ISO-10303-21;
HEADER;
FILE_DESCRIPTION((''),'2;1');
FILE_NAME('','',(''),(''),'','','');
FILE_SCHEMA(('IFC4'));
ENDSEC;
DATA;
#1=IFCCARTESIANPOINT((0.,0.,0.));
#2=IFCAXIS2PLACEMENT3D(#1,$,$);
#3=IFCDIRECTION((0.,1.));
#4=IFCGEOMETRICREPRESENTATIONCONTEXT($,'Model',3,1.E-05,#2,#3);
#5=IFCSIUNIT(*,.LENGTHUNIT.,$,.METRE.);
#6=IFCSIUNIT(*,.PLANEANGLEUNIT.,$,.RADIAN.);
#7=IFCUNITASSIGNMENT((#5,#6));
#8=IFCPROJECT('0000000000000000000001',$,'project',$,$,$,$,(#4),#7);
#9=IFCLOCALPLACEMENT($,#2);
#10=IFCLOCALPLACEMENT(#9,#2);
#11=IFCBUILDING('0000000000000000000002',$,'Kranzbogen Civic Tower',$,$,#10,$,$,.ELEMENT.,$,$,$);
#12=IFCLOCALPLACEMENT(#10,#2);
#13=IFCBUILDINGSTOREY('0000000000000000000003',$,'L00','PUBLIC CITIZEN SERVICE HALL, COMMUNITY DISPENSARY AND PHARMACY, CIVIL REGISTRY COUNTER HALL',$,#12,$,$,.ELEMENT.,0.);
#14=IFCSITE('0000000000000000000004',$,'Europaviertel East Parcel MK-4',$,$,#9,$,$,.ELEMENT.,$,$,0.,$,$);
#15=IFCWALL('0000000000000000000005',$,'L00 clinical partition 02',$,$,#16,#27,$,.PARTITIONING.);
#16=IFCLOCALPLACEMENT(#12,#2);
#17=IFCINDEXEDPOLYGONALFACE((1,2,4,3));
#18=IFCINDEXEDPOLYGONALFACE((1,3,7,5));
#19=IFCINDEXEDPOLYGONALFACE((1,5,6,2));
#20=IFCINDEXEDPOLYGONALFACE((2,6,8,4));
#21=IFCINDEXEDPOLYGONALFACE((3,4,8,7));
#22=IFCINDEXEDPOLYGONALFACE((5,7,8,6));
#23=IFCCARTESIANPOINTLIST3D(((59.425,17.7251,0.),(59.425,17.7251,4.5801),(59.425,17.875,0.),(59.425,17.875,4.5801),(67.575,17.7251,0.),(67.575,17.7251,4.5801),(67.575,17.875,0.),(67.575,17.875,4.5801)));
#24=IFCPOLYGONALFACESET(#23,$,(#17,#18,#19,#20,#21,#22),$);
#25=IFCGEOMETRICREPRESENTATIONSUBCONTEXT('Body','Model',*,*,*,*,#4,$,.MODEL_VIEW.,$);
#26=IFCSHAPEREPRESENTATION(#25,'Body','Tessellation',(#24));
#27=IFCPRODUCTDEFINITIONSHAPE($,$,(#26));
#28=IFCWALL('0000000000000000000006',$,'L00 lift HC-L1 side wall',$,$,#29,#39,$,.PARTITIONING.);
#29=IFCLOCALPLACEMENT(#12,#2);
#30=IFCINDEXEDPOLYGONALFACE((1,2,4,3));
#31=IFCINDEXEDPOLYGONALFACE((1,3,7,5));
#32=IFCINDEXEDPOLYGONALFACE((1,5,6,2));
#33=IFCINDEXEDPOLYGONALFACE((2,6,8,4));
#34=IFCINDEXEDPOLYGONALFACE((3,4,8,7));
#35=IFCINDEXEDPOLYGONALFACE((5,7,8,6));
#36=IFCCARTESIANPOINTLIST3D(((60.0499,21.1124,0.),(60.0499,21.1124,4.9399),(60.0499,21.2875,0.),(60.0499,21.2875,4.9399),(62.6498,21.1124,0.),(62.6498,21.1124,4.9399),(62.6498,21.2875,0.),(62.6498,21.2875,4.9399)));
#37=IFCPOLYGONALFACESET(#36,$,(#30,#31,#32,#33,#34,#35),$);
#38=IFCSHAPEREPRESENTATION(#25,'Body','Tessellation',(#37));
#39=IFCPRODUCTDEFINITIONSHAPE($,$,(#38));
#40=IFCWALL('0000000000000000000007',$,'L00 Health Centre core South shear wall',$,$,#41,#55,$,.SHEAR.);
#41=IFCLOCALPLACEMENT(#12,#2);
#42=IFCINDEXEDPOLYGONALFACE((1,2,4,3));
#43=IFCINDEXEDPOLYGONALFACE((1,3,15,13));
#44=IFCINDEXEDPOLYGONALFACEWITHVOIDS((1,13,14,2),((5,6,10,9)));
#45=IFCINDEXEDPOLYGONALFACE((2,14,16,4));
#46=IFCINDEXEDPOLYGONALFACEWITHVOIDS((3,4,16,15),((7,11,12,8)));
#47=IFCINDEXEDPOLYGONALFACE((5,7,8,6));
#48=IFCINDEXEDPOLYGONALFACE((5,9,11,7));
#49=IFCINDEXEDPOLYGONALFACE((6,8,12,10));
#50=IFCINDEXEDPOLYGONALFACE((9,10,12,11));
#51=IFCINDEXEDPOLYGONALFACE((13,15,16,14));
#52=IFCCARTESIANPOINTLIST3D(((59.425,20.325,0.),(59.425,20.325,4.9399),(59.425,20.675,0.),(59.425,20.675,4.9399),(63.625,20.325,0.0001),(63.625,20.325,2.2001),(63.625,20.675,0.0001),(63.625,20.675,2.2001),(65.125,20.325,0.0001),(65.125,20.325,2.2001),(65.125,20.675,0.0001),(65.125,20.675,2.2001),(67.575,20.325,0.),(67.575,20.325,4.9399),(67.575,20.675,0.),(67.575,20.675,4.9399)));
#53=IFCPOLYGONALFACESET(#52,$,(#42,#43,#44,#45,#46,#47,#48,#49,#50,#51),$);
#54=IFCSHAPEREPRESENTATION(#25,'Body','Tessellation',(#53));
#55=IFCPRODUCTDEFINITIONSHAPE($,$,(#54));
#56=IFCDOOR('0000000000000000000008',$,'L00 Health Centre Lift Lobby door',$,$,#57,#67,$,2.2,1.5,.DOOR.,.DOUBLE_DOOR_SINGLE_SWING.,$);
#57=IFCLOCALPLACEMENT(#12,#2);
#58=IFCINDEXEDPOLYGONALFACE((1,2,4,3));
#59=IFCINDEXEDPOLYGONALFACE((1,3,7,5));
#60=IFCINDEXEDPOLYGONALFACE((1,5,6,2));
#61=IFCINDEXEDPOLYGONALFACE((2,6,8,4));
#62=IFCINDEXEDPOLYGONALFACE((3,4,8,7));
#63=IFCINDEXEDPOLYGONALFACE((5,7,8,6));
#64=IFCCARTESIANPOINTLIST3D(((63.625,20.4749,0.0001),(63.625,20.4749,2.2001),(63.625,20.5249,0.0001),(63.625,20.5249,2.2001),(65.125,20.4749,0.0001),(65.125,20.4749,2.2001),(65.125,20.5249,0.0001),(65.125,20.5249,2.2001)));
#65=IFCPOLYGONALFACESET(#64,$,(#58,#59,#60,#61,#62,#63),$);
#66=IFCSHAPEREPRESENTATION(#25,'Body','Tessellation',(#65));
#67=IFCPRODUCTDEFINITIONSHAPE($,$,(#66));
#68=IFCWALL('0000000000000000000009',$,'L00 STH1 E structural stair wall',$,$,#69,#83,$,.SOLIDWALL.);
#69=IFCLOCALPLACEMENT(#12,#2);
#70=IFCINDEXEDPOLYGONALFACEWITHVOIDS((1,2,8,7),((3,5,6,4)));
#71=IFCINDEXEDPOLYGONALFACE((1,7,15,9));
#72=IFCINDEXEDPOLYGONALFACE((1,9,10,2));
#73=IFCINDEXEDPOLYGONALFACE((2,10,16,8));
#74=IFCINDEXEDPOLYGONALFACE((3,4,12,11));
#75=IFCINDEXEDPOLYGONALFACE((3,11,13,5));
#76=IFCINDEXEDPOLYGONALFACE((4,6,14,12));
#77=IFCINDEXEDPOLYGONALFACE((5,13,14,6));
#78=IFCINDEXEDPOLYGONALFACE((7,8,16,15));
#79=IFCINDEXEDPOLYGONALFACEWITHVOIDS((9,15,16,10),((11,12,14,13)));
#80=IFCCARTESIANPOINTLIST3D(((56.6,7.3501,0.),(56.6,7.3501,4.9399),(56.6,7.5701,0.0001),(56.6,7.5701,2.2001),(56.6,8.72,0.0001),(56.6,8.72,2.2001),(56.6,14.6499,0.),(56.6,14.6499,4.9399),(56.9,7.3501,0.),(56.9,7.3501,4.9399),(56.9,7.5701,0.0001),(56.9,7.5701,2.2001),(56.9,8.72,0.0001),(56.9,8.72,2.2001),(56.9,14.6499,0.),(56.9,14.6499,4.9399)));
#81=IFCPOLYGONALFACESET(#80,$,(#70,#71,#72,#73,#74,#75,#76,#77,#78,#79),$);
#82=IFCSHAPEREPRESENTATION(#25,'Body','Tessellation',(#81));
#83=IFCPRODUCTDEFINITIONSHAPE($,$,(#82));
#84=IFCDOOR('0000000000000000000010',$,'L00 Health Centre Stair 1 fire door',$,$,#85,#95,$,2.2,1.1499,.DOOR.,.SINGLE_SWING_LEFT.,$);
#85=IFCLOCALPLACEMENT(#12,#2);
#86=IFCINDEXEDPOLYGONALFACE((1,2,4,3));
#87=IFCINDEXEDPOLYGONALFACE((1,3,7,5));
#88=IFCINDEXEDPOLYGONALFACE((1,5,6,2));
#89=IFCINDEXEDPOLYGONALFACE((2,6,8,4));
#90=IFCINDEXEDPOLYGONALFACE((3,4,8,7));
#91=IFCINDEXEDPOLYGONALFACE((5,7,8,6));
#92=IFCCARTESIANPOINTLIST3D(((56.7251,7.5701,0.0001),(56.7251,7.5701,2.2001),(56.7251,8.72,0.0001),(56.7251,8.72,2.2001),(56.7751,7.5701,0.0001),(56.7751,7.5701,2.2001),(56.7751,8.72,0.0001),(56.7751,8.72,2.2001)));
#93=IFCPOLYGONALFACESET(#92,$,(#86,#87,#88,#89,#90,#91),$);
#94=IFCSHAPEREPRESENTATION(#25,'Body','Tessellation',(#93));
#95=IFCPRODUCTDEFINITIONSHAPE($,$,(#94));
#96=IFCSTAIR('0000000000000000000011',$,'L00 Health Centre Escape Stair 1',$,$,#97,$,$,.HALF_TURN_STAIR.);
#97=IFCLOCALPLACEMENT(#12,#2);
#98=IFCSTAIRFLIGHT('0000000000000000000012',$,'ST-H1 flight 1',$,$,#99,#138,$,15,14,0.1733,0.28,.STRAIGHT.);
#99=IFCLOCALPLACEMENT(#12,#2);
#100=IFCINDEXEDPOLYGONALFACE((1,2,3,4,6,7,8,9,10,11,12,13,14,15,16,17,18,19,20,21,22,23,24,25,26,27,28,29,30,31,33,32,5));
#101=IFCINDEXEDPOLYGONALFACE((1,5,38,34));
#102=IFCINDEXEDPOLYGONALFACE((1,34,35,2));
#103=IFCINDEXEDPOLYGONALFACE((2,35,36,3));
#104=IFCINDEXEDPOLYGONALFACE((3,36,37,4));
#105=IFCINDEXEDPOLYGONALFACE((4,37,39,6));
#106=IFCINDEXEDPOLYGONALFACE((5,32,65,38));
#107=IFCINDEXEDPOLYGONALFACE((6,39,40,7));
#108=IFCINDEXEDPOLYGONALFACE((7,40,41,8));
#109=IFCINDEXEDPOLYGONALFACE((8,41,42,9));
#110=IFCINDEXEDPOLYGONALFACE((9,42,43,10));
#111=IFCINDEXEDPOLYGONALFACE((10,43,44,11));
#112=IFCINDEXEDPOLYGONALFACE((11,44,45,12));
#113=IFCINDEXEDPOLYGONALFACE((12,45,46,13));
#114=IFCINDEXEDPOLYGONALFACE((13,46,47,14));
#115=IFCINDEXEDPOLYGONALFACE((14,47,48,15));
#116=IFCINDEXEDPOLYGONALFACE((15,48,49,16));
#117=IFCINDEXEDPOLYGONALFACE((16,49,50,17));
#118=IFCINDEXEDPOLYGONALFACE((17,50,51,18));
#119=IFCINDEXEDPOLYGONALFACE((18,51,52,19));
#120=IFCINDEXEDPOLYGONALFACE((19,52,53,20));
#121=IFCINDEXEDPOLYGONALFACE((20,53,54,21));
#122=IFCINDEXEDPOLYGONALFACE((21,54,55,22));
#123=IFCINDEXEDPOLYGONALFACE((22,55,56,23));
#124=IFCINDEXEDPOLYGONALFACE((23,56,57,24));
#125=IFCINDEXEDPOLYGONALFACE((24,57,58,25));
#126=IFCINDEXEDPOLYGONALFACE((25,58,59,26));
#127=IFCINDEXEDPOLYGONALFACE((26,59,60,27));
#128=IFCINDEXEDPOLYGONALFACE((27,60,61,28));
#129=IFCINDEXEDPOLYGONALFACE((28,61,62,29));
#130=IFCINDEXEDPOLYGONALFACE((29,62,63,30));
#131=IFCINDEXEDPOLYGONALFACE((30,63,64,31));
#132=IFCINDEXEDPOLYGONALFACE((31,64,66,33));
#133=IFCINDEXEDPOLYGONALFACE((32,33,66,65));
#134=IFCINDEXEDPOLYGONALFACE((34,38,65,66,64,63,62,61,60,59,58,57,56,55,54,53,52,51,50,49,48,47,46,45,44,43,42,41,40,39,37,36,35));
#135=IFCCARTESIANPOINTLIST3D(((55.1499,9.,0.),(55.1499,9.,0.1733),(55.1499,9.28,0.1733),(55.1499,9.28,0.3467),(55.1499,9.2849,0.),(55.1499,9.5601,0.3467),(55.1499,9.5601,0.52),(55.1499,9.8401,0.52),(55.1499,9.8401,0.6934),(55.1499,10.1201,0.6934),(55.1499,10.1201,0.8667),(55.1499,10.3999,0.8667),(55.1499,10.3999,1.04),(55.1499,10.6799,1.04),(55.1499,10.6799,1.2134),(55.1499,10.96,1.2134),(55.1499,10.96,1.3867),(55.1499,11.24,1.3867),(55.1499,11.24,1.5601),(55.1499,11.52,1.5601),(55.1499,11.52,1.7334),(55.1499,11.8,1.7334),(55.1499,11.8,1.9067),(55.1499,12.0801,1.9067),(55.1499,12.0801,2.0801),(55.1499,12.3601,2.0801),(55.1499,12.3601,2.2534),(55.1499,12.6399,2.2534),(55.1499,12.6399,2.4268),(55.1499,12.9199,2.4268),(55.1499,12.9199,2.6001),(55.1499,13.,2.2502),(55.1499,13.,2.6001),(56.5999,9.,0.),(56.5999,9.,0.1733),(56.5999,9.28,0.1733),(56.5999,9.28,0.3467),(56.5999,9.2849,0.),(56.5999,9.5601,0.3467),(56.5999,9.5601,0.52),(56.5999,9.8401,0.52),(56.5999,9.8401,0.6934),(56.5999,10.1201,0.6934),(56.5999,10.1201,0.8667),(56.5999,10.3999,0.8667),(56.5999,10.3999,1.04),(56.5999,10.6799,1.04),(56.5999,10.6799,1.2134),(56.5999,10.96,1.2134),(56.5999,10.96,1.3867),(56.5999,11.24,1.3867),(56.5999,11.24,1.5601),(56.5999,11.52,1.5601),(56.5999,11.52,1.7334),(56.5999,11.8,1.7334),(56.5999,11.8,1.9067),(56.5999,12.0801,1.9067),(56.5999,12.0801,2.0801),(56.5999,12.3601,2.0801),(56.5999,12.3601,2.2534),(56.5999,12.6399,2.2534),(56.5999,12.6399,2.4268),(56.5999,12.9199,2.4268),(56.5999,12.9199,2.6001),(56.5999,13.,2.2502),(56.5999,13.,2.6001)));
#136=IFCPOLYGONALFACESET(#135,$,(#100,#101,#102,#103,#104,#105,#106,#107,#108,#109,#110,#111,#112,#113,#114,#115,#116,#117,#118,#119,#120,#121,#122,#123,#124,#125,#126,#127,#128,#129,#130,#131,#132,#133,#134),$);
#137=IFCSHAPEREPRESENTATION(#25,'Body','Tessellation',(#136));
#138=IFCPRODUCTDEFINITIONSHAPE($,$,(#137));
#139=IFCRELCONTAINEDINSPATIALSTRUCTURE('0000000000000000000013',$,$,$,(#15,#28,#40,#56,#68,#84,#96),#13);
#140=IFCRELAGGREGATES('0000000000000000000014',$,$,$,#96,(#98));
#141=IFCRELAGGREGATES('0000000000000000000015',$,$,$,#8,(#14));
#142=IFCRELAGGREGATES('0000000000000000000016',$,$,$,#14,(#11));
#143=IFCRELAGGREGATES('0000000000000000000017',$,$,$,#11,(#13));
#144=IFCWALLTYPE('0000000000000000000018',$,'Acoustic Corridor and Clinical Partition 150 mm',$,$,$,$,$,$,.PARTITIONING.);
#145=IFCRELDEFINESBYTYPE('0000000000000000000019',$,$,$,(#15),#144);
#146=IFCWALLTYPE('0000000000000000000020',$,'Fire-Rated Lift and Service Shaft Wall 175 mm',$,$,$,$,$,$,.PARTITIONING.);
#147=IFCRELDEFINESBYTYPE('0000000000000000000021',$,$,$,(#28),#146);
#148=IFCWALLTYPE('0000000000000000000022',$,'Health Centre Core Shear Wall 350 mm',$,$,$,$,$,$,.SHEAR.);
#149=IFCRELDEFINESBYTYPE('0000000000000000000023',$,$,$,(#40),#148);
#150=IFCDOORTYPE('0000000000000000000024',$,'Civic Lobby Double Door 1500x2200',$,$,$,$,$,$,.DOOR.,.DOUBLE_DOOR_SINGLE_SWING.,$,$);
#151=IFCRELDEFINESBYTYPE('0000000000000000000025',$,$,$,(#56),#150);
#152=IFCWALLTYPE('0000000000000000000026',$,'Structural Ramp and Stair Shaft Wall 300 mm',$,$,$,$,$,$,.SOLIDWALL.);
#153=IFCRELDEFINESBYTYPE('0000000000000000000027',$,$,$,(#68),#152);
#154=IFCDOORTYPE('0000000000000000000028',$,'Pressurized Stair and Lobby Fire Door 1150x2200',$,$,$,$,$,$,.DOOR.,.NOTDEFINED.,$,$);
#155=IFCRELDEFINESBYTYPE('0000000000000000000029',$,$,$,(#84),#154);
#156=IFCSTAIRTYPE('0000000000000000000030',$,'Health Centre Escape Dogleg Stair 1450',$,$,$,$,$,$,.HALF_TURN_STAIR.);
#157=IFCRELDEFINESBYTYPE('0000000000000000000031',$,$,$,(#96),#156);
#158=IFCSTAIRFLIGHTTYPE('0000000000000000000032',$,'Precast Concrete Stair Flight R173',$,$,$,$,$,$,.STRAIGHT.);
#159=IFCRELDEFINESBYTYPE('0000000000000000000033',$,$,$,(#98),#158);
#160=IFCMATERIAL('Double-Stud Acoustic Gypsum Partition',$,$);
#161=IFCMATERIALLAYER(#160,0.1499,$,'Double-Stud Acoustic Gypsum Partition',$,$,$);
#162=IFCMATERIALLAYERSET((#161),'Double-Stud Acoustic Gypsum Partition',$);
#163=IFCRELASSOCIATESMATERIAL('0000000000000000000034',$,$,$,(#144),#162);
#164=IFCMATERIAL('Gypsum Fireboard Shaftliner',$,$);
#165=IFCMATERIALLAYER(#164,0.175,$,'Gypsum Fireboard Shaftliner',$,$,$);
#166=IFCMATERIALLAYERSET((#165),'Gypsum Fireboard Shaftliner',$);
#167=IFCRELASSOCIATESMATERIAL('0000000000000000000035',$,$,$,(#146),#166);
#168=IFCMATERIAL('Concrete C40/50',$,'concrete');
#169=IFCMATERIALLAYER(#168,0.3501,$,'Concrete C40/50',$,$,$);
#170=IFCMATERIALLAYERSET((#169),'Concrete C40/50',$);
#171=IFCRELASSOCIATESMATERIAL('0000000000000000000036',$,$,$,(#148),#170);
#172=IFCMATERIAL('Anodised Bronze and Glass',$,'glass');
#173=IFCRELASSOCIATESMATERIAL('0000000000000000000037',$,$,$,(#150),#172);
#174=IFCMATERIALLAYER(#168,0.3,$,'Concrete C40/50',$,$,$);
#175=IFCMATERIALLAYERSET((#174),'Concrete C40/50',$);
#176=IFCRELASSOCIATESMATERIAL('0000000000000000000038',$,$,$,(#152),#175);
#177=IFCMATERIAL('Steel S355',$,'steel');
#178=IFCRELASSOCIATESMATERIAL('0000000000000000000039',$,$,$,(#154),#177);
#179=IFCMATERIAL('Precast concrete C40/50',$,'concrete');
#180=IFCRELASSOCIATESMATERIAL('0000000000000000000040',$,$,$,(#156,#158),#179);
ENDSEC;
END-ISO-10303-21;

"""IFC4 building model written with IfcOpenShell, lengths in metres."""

from ifc_helpers import new_model, si_unit, direction, frame, frame_2d, origin, place, context, subcontext, project, spatial, polyline, rectangle, outline, extrude, material, layer, layer_set, type_object, element, fill, aggregate, save


model = new_model("IFC4")

# Units and contexts
model_context = context("Model", 3, precision=1e-05, world=origin(), true_north=direction((0.0, 1.0)))
body_context = subcontext(model_context, "Body", "Model", "MODEL_VIEW")
ifc_project = project(units=[si_unit("LENGTHUNIT", "METRE"), si_unit("PLANEANGLEUNIT", "RADIAN")], contexts=[model_context])

# Site, building, storey
site_placement = place(None, origin())
site = spatial("IfcSite", under=ifc_project, at=site_placement, Name="Europaviertel East Parcel MK-4", CompositionType="ELEMENT", RefElevation=0.0)
building_placement = place(site_placement, origin())
building = spatial("IfcBuilding", under=site, at=building_placement, Name="Kranzbogen Civic Tower", CompositionType="ELEMENT")
storey_placement = place(building_placement, origin())
storey = spatial("IfcBuildingStorey", under=building, at=storey_placement, Name="L00", Description="PUBLIC CITIZEN SERVICE HALL, COMMUNITY DISPENSARY AND PHARMACY, CIVIL REGISTRY COUNTER HALL", CompositionType="ELEMENT", Elevation=0.0)

# Shared definitions
ifc_material_1 = material(Name="Steel S355", Category="steel")
ifc_material_2 = material(Name="Concrete C40/50", Category="concrete")

# Shared definitions
ifc_material_3 = material(Name="Double-Stud Acoustic Gypsum Partition")
ifc_layer_1 = layer(ifc_material_3, 0.1499, Name="Double-Stud Acoustic Gypsum Partition")
ifc_layer_set_1 = layer_set([ifc_layer_1], Name="Double-Stud Acoustic Gypsum Partition")
wall_type_1 = type_object("IfcWallType", Name="Acoustic Corridor and Clinical Partition 150 mm", PredefinedType="PARTITIONING", material=ifc_layer_set_1)

# Walls
wall_1_placement = place(storey_placement, frame((59.425, 17.8, 0.0), z_axis=(0.0, 0.0, 1.0), x_axis=(1.0, 0.0, 0.0)))
element("IfcWall", 1, at=wall_1_placement, inside=storey, type_object=wall_type_1, Name="L00 clinical partition 02", PredefinedType="PARTITIONING", context=body_context, shape_type="SweptSolid", body=[
    extrude(rectangle(XDim=8.1499, YDim=0.1499, at=frame_2d((4.075, 0.0))), origin(), (0.0, 0.0, 1.0), 4.5801),
])
ifc_material_4 = material(Name="Gypsum Fireboard Shaftliner")
ifc_layer_2 = layer(ifc_material_4, 0.175, Name="Gypsum Fireboard Shaftliner")
ifc_layer_set_2 = layer_set([ifc_layer_2], Name="Gypsum Fireboard Shaftliner")
wall_type_2 = type_object("IfcWallType", Name="Fire-Rated Lift and Service Shaft Wall 175 mm", PredefinedType="PARTITIONING", material=ifc_layer_set_2)
wall_2_placement = place(storey_placement, frame((60.05, 21.2, 0.0), z_axis=(0.0, 0.0, 1.0), x_axis=(1.0, 0.0, 0.0)))
element("IfcWall", 2, at=wall_2_placement, inside=storey, type_object=wall_type_2, Name="L00 lift HC-L1 side wall", PredefinedType="PARTITIONING", context=body_context, shape_type="SweptSolid", body=[
    extrude(rectangle(XDim=2.5999, YDim=0.175, at=frame_2d((1.2998, 0.0))), origin(), (0.0, 0.0, 1.0), 4.9399),
])

# Walls, openings, doors
ifc_layer_3 = layer(ifc_material_2, 0.3501, Name="Concrete C40/50")
ifc_layer_set_3 = layer_set([ifc_layer_3], Name="Concrete C40/50")
wall_type_3 = type_object("IfcWallType", Name="Health Centre Core Shear Wall 350 mm", PredefinedType="SHEAR", material=ifc_layer_set_3)
wall_3_placement = place(storey_placement, frame((59.425, 20.5, 0.0), z_axis=(0.0, 0.0, 1.0), x_axis=(1.0, 0.0, 0.0)))
wall_3 = element("IfcWall", 3, at=wall_3_placement, inside=storey, type_object=wall_type_3, Name="L00 Health Centre core South shear wall", PredefinedType="SHEAR", context=body_context, shape_type="SweptSolid", body=[
    extrude(rectangle(XDim=8.1499, YDim=0.3501, at=frame_2d((4.075, 0.0))), origin(), (0.0, 0.0, 1.0), 4.9399),
])
opening_1_placement = place(wall_3_placement, frame((4.2, 0.0, 0.0)))
opening_1 = element("IfcOpeningElement", 4, at=opening_1_placement, cuts=wall_3, PredefinedType="OPENING", context=body_context, shape_type="SweptSolid", body=[
    extrude(rectangle(XDim=1.5, YDim=2.2, at=frame_2d((0.75, 1.1001))), frame((0.0, 0.1851, 0.0), z_axis=(0.0, -1.0, 0.0), x_axis=(1.0, 0.0, 0.0)), (0.0, 0.0, 1.0), 0.3701),
])
ifc_material_5 = material(Name="Anodised Bronze and Glass", Category="glass")
door_type_1 = type_object("IfcDoorType", Name="Civic Lobby Double Door 1500x2200", OperationType="DOUBLE_DOOR_SINGLE_SWING", PredefinedType="DOOR", material=ifc_material_5)
door_1_placement = place(opening_1_placement, origin())
door_1 = element("IfcDoor", 5, at=door_1_placement, inside=storey, type_object=door_type_1, Name="L00 Health Centre Lift Lobby door", OperationType="DOUBLE_DOOR_SINGLE_SWING", OverallHeight=2.2, OverallWidth=1.5, PredefinedType="DOOR", context=body_context, shape_type="SweptSolid", body=[
    extrude(rectangle(XDim=1.5, YDim=2.2, at=frame_2d((0.75, 1.1001))), frame((0.0, 0.0249, 0.0), z_axis=(0.0, -1.0, 0.0), x_axis=(1.0, 0.0, 0.0)), (0.0, 0.0, 1.0), 0.05),
])
fill(opening_1, door_1)
ifc_layer_4 = layer(ifc_material_2, 0.3, Name="Concrete C40/50")
ifc_layer_set_4 = layer_set([ifc_layer_4], Name="Concrete C40/50")
wall_type_4 = type_object("IfcWallType", Name="Structural Ramp and Stair Shaft Wall 300 mm", PredefinedType="SOLIDWALL", material=ifc_layer_set_4)
wall_4_placement = place(storey_placement, frame((56.75, 7.3501, 0.0), z_axis=(0.0, 0.0, 1.0), x_axis=(0.0, 1.0, 0.0)))
wall_4 = element("IfcWall", 6, at=wall_4_placement, inside=storey, type_object=wall_type_4, Name="L00 STH1 E structural stair wall", PredefinedType="SOLIDWALL", context=body_context, shape_type="SweptSolid", body=[
    extrude(rectangle(XDim=7.2998, YDim=0.3, at=frame_2d((3.6499, 0.0))), origin(), (0.0, 0.0, 1.0), 4.9399),
])
opening_2_placement = place(wall_4_placement, frame((0.22, 0.0, 0.0)))
opening_2 = element("IfcOpeningElement", 7, at=opening_2_placement, cuts=wall_4, PredefinedType="OPENING", context=body_context, shape_type="SweptSolid", body=[
    extrude(rectangle(XDim=1.1499, YDim=2.2, at=frame_2d((0.575, 1.1001))), frame((0.0, 0.1602, 0.0), z_axis=(0.0, -1.0, 0.0), x_axis=(1.0, 0.0, 0.0)), (0.0, 0.0, 1.0), 0.3201),
])
door_type_2 = type_object("IfcDoorType", Name="Pressurized Stair and Lobby Fire Door 1150x2200", OperationType="NOTDEFINED", PredefinedType="DOOR", material=ifc_material_1)
door_2_placement = place(opening_2_placement, origin())
door_2 = element("IfcDoor", 8, at=door_2_placement, inside=storey, type_object=door_type_2, Name="L00 Health Centre Stair 1 fire door", OperationType="SINGLE_SWING_LEFT", OverallHeight=2.2, OverallWidth=1.1499, PredefinedType="DOOR", context=body_context, shape_type="SweptSolid", body=[
    extrude(rectangle(XDim=1.1499, YDim=2.2, at=frame_2d((0.575, 1.1001))), frame((0.0, 0.0249, 0.0), z_axis=(0.0, -1.0, 0.0), x_axis=(1.0, 0.0, 0.0)), (0.0, 0.0, 1.0), 0.05),
])
fill(opening_2, door_2)

# Stair, stair flight
ifc_material_6 = material(Name="Precast concrete C40/50", Category="concrete")
stair_type = type_object("IfcStairType", Name="Health Centre Escape Dogleg Stair 1450", PredefinedType="HALF_TURN_STAIR", material=ifc_material_6)
stair_placement = place(storey_placement, origin())
stair = element("IfcStair", 9, at=stair_placement, inside=storey, type_object=stair_type, Name="L00 Health Centre Escape Stair 1", PredefinedType="HALF_TURN_STAIR")
stair_flight_type = type_object("IfcStairFlightType", Name="Precast Concrete Stair Flight R173", PredefinedType="STRAIGHT", material=ifc_material_6)
stair_flight_1_placement = place(storey_placement, frame((55.875, 9.0, 0.0), z_axis=(0.0, 0.0, 1.0), x_axis=(0.0, 1.0, 0.0)))
stair_flight_1 = element("IfcStairFlight", 10, at=stair_flight_1_placement, type_object=stair_flight_type, Name="ST-H1 flight 1", NumberOfRisers=15, NumberOfTreads=14, PredefinedType="STRAIGHT", RiserHeight=0.1733, TreadLength=0.28, context=body_context, shape_type="SweptSolid", body=[
    extrude(outline(polyline([(0.0, 0.0), (0.0, 0.1733), (0.28, 0.1733), (0.28, 0.3467), (0.5601, 0.3467), (0.5601, 0.52), (0.8401, 0.52), (0.8401, 0.6934), (1.1201, 0.6934), (1.1201, 0.8667), (1.3999, 0.8667), (1.3999, 1.04), (1.6799, 1.04), (1.6799, 1.2134), (1.96, 1.2134), (1.96, 1.3867), (2.24, 1.3867), (2.24, 1.5601), (2.52, 1.5601), (2.52, 1.7334), (2.8, 1.7334), (2.8, 1.9067), (3.0801, 1.9067), (3.0801, 2.0801), (3.3601, 2.0801), (3.3601, 2.2534), (3.6399, 2.2534), (3.6399, 2.4268), (3.9199, 2.4268), (3.9199, 2.6001), (4.0, 2.6001), (4.0, 2.2502), (0.2849, 0.0), (0.0, 0.0)])), frame((0.0, 0.7251, 0.0), z_axis=(0.0, -1.0, 0.0), x_axis=(1.0, 0.0, 0.0)), (0.0, 0.0, 1.0), 1.45),
])
aggregate(stair, [stair_flight_1])

save(model, "model.ifc")
